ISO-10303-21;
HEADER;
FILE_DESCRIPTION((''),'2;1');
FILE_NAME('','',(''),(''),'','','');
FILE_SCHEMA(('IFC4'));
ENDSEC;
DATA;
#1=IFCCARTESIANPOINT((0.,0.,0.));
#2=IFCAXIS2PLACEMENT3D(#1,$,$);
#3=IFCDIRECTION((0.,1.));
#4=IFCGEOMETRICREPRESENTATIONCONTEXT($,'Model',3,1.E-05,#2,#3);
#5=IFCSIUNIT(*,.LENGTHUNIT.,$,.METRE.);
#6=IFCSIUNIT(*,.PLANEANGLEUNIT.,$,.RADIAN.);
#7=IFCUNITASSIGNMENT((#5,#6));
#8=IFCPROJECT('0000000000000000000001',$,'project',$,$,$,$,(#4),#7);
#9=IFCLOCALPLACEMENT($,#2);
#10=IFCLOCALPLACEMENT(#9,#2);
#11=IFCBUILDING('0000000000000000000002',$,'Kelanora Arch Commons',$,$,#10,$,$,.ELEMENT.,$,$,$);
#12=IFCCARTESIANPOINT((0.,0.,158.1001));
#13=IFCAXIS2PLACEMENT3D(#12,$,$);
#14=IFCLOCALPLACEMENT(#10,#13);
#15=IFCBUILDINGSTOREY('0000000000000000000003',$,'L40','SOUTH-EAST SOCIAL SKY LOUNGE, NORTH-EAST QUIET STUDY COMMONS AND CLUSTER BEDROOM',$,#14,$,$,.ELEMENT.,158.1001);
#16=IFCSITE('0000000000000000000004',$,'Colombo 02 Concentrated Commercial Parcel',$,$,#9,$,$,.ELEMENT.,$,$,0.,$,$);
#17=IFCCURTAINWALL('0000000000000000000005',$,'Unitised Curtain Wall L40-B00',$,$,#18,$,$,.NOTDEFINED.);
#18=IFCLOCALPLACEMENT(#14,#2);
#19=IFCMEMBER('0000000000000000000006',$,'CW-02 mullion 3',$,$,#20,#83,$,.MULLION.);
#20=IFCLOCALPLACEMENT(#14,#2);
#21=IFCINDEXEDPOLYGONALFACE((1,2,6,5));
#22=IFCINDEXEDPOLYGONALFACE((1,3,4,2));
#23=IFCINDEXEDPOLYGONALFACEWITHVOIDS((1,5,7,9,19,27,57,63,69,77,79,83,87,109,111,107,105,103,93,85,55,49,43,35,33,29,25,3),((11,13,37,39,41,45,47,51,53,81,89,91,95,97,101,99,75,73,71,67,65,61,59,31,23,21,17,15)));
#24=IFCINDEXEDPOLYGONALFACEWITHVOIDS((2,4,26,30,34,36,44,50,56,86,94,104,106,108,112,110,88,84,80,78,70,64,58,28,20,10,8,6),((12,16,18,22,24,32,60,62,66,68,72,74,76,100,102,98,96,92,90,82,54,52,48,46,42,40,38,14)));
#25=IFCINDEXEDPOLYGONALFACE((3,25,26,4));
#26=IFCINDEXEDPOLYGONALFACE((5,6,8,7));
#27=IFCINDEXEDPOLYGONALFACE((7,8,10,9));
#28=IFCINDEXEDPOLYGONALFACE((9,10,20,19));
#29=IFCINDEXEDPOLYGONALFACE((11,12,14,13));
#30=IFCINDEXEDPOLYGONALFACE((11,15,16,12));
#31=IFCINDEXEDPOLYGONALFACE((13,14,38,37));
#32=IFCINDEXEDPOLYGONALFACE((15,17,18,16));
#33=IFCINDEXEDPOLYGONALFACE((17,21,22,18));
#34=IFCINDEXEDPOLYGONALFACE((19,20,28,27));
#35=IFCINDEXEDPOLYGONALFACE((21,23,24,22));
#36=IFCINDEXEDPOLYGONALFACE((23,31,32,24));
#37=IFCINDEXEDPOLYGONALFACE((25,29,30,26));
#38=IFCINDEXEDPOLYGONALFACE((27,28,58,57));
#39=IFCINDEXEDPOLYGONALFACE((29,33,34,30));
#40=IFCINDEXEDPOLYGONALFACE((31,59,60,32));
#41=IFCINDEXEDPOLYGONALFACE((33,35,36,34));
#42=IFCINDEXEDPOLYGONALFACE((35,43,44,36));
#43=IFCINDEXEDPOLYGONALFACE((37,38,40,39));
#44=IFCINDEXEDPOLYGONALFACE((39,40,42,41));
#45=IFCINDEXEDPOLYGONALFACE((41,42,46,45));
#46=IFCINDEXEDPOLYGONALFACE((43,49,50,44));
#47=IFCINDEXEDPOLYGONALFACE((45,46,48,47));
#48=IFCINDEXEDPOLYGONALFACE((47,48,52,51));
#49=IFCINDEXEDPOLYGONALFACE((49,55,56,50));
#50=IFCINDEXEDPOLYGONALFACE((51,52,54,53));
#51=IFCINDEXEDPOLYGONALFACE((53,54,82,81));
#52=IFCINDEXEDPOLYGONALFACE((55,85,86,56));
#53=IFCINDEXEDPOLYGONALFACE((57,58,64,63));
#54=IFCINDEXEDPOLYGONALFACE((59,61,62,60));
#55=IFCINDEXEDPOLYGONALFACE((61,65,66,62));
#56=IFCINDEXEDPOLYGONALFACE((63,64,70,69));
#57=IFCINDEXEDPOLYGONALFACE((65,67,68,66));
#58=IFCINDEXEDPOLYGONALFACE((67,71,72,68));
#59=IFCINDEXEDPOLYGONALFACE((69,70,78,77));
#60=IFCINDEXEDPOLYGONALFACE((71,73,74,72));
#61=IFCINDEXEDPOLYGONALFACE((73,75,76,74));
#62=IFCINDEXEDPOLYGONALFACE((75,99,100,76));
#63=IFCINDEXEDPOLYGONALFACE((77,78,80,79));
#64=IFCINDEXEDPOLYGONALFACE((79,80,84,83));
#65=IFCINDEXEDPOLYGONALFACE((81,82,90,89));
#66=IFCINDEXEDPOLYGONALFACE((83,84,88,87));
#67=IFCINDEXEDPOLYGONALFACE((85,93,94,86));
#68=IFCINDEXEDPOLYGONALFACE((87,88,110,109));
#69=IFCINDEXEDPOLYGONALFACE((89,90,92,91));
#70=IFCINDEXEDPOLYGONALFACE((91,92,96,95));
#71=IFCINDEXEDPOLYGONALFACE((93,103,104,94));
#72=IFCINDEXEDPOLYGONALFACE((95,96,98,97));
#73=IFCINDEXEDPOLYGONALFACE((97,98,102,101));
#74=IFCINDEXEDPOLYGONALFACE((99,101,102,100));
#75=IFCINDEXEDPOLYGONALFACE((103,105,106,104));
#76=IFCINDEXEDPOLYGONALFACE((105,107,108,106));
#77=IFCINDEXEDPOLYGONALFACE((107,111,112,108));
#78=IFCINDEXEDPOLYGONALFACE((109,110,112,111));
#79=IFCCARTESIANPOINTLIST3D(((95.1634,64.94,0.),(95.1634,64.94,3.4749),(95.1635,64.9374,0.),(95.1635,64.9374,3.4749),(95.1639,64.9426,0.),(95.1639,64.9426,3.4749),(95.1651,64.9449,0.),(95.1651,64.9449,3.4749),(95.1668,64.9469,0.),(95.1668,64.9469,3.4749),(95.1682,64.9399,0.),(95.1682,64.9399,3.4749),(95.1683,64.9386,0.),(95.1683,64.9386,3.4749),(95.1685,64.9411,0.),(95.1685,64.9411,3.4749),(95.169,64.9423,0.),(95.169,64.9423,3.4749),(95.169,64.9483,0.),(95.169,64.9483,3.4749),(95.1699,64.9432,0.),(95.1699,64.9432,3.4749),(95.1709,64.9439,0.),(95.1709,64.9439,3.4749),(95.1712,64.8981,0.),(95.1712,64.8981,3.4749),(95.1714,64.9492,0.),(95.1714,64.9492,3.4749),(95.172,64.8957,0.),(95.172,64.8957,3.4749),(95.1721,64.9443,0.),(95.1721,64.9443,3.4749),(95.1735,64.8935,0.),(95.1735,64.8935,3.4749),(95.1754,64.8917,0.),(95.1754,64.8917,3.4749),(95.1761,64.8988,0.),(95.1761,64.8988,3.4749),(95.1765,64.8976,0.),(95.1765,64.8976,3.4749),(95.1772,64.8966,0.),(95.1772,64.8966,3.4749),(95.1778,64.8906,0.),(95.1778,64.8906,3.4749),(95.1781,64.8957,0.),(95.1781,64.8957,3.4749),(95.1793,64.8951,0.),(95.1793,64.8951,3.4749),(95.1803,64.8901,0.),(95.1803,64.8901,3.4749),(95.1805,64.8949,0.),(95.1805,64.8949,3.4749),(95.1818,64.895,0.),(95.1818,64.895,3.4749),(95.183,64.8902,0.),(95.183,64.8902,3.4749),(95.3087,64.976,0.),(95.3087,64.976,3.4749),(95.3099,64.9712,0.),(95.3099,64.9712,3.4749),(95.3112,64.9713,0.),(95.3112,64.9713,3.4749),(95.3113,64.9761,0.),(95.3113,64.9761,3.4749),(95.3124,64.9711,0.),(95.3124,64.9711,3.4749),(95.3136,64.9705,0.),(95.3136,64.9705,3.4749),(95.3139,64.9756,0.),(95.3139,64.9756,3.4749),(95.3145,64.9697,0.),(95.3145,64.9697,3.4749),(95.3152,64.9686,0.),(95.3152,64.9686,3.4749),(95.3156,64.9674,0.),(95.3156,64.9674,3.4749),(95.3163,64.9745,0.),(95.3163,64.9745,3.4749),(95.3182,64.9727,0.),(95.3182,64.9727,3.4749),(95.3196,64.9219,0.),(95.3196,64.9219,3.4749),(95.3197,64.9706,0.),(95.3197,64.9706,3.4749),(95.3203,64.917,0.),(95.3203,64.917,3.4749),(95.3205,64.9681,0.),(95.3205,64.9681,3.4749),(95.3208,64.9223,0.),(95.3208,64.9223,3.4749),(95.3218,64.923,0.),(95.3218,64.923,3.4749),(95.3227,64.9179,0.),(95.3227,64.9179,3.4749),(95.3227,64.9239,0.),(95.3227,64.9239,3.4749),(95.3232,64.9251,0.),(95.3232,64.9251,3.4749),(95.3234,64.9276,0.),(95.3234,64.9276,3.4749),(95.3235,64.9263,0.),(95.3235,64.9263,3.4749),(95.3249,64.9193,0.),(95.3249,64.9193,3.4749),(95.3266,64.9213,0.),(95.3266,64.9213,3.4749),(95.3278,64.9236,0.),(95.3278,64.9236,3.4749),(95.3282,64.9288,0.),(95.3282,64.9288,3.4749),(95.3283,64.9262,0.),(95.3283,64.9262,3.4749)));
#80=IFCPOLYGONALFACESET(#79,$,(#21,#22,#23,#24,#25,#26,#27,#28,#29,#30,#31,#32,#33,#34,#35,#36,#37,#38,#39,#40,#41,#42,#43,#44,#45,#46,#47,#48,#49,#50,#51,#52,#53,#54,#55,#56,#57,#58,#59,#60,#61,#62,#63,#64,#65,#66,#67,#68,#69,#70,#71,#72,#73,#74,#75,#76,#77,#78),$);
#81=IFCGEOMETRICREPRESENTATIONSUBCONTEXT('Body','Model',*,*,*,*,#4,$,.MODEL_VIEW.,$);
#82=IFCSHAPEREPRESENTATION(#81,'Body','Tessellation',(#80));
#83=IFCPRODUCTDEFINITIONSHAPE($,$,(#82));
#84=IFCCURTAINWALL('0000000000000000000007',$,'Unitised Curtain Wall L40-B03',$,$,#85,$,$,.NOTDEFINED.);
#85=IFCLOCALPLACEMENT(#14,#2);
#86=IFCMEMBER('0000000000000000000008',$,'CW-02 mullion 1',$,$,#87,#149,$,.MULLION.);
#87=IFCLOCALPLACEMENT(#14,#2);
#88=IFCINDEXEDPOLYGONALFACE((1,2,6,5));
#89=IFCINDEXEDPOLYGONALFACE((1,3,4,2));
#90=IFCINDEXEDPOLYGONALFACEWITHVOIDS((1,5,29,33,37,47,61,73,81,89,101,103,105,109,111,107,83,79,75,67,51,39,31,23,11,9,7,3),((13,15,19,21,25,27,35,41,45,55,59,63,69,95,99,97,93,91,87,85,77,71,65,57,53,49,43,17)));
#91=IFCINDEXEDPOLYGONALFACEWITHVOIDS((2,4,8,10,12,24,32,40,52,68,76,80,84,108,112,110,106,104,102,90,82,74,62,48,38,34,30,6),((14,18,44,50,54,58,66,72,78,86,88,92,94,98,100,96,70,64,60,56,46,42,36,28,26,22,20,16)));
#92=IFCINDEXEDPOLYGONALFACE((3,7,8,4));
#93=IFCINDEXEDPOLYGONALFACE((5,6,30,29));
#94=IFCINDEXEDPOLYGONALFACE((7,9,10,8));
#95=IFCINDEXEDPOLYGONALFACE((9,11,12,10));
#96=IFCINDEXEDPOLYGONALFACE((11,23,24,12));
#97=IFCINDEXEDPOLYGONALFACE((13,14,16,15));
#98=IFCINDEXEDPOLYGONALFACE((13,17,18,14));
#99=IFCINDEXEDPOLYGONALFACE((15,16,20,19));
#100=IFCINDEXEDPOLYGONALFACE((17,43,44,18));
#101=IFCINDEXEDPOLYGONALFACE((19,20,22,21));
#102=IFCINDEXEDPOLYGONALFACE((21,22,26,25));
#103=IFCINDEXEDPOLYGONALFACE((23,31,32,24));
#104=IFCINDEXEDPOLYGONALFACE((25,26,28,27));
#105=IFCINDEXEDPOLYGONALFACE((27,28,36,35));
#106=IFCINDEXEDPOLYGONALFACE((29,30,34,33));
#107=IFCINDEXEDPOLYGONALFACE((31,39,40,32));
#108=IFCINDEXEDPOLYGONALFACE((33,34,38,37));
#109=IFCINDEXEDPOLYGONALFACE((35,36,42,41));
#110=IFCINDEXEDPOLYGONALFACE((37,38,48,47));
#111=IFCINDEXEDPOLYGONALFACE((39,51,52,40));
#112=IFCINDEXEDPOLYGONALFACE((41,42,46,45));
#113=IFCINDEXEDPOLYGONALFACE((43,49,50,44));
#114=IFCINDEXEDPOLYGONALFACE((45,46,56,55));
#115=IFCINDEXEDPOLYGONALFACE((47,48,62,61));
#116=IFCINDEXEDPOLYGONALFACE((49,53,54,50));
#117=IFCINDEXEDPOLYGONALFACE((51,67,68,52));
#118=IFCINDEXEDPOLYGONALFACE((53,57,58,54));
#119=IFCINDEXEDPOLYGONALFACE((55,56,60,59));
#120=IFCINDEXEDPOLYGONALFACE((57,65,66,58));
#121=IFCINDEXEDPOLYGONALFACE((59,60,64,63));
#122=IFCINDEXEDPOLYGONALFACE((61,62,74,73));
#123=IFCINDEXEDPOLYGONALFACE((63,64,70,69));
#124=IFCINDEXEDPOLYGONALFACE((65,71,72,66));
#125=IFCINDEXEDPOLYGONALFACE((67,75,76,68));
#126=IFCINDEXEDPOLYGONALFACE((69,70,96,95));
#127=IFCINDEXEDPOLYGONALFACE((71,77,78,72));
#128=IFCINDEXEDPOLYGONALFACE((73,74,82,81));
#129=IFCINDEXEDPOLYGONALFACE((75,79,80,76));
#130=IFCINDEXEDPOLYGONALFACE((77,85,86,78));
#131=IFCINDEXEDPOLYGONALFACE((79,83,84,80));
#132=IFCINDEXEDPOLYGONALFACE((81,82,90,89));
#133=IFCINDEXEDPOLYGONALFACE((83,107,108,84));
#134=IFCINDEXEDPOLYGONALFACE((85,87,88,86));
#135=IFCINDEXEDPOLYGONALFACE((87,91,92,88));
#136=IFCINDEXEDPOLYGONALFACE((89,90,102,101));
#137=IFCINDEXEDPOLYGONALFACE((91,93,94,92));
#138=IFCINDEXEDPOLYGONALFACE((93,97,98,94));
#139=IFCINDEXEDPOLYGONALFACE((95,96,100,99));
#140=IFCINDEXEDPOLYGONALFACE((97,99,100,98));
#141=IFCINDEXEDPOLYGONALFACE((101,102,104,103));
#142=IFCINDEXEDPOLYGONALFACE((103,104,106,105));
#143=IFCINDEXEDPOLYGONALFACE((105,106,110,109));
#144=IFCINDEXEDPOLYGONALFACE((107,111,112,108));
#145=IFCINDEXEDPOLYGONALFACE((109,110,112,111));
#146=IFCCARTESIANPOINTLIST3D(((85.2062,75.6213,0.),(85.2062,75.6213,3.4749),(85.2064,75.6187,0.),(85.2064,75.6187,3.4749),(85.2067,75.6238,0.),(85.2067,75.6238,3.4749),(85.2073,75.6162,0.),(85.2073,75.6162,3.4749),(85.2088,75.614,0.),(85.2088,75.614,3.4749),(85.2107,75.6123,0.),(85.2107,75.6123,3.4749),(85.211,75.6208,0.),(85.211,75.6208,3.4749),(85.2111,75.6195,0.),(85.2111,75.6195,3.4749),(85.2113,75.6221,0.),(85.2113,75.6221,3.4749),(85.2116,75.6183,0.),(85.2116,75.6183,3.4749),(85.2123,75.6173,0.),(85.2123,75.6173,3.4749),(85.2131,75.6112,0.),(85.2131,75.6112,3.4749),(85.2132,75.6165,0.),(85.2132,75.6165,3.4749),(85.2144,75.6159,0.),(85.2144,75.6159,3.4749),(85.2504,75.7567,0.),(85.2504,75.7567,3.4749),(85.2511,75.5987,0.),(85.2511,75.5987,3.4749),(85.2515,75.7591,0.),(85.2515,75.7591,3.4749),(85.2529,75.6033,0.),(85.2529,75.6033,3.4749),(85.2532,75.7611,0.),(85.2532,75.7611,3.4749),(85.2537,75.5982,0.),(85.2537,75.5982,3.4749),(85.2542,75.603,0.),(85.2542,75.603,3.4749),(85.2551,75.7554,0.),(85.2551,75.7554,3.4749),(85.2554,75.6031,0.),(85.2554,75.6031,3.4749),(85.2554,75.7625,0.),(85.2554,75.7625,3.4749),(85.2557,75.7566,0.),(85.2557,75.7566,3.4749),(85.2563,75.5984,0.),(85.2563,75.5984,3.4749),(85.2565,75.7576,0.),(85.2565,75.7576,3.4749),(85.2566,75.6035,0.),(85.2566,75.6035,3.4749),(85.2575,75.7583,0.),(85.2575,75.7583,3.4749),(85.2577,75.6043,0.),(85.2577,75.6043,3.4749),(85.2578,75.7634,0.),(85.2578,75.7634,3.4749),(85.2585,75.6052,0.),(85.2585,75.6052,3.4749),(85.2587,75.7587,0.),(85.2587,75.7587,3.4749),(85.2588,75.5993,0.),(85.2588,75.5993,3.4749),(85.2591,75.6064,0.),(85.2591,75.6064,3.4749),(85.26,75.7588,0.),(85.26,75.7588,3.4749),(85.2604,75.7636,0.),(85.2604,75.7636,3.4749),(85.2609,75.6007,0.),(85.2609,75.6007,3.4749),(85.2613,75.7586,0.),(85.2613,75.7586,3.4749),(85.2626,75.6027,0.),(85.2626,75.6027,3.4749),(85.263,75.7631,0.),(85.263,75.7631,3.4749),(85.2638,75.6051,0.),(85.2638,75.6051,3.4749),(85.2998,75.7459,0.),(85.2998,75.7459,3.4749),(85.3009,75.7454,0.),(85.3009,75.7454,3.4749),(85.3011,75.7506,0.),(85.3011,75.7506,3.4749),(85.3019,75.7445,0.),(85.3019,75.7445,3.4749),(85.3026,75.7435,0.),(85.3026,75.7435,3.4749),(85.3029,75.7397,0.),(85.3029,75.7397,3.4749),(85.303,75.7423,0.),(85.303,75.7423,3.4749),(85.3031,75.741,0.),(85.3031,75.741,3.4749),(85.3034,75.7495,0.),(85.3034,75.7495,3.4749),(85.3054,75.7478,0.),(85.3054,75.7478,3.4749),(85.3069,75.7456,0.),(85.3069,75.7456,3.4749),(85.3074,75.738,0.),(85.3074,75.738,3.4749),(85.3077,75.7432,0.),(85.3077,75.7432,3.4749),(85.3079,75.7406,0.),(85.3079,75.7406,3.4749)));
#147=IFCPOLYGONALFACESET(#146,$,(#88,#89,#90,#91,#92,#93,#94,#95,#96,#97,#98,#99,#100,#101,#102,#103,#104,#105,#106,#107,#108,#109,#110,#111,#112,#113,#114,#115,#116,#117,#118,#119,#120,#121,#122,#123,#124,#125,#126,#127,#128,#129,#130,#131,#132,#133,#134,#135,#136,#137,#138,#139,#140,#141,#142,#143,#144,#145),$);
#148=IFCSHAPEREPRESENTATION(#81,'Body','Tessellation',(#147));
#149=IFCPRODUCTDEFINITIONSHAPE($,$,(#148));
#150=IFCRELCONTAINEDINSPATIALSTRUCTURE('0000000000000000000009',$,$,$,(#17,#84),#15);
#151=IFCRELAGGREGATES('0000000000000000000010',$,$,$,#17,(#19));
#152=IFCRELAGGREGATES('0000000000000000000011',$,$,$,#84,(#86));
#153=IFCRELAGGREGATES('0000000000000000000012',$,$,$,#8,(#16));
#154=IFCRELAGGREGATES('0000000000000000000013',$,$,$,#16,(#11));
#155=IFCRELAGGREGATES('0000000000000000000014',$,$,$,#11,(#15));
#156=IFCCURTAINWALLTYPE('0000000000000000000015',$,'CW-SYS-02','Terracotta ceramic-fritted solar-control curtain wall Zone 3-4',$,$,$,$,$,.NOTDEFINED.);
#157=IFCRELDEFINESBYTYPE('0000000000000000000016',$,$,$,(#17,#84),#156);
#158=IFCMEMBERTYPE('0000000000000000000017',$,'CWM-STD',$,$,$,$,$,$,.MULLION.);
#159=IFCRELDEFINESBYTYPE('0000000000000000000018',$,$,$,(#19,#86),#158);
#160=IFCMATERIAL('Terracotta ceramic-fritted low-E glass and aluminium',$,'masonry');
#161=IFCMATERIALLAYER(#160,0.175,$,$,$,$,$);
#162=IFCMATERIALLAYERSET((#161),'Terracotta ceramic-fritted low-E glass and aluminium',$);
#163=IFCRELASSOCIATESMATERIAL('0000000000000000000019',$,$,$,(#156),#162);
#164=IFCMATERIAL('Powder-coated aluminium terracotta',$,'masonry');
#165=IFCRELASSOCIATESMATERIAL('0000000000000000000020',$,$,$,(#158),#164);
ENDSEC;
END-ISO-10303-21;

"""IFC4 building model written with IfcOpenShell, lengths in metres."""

from ifc_helpers import new_model, si_unit, direction, frame, origin, origin_2d, place, context, subcontext, project, spatial, hollow_rectangle, extrude, material, layer, layer_set, material_profile, profile_set, type_object, element, aggregate, save


model = new_model("IFC4")

# Units and contexts
model_context = context("Model", 3, precision=1e-05, world=origin(), true_north=direction((0.0, 1.0)))
body_context = subcontext(model_context, "Body", "Model", "MODEL_VIEW")
ifc_project = project(units=[si_unit("LENGTHUNIT", "METRE"), si_unit("PLANEANGLEUNIT", "RADIAN")], contexts=[model_context])

# Site, building, storey
site_placement = place(None, origin())
site = spatial("IfcSite", under=ifc_project, at=site_placement, Name="Colombo 02 Concentrated Commercial Parcel", CompositionType="ELEMENT", RefElevation=0.0)
building_placement = place(site_placement, origin())
building = spatial("IfcBuilding", under=site, at=building_placement, Name="Kelanora Arch Commons", CompositionType="ELEMENT")
storey_placement = place(building_placement, frame((0.0, 0.0, 158.1001)))
storey = spatial("IfcBuildingStorey", under=building, at=storey_placement, Name="L40", Description="SOUTH-EAST SOCIAL SKY LOUNGE, NORTH-EAST QUIET STUDY COMMONS AND CLUSTER BEDROOM", CompositionType="ELEMENT", Elevation=158.1001)

# Curtain wall, member
ifc_material_1 = material(Name="Terracotta ceramic-fritted low-E glass and aluminium", Category="masonry")
ifc_layer_1 = layer(ifc_material_1, 0.175)
ifc_layer_set_1 = layer_set([ifc_layer_1], Name="Terracotta ceramic-fritted low-E glass and aluminium")
curtain_wall_type = type_object("IfcCurtainWallType", Name="CW-SYS-02", Description="Terracotta ceramic-fritted solar-control curtain wall Zone 3-4", PredefinedType="NOTDEFINED", material=ifc_layer_set_1)
curtain_wall_1_placement = place(storey_placement, origin())
curtain_wall_1 = element("IfcCurtainWall", 1, at=curtain_wall_1_placement, inside=storey, type_object=curtain_wall_type, Name="Unitised Curtain Wall L40-B00", PredefinedType="NOTDEFINED")
ifc_material_2 = material(Name="Powder-coated aluminium terracotta", Category="masonry")
ifc_material_profile_1 = material_profile(ifc_material_2, hollow_rectangle(XDim=0.1599, YDim=0.0601, WallThickness=0.0049, InnerFilletRadius=0.0049, OuterFilletRadius=0.01, at=origin_2d()), Name="CWM160x60")
ifc_profile_set_1 = profile_set([ifc_material_profile_1], Name="Powder-coated aluminium terracotta")
member_type_1 = type_object("IfcMemberType", Name="CWM-STD", PredefinedType="MULLION", material=ifc_profile_set_1)
member_1_placement = place(storey_placement, frame((95.2458, 64.9331, 0.0), z_axis=(0.0, 0.0, 1.0), x_axis=(-0.981453, -0.191705, 0.0)))
member_1 = element("IfcMember", 2, at=member_1_placement, type_object=member_type_1, Name="CW-02 mullion 3", PredefinedType="MULLION", context=body_context, shape_type="SweptSolid", body=[
    extrude(hollow_rectangle(XDim=0.1599, YDim=0.0601, WallThickness=0.0049, InnerFilletRadius=0.0049, OuterFilletRadius=0.01, at=origin_2d()), origin(), (0.0, 0.0, 1.0), 3.4749),
])
aggregate(curtain_wall_1, [member_1])

# Curtain wall, member
curtain_wall_2_placement = place(storey_placement, origin())
curtain_wall_2 = element("IfcCurtainWall", 3, at=curtain_wall_2_placement, inside=storey, type_object=curtain_wall_type, Name="Unitised Curtain Wall L40-B03", PredefinedType="NOTDEFINED")
member_2_placement = place(storey_placement, frame((85.2571, 75.6809, 0.0), z_axis=(0.0, 0.0, 1.0), x_axis=(-0.312128, -0.95004, 0.0)))
member_2 = element("IfcMember", 4, at=member_2_placement, type_object=member_type_1, Name="CW-02 mullion 1", PredefinedType="MULLION", context=body_context, shape_type="SweptSolid", body=[
    extrude(hollow_rectangle(XDim=0.1599, YDim=0.0601, WallThickness=0.0049, InnerFilletRadius=0.0049, OuterFilletRadius=0.01, at=origin_2d()), origin(), (0.0, 0.0, 1.0), 3.4749),
])
aggregate(curtain_wall_2, [member_2])

save(model, "model.ifc")
